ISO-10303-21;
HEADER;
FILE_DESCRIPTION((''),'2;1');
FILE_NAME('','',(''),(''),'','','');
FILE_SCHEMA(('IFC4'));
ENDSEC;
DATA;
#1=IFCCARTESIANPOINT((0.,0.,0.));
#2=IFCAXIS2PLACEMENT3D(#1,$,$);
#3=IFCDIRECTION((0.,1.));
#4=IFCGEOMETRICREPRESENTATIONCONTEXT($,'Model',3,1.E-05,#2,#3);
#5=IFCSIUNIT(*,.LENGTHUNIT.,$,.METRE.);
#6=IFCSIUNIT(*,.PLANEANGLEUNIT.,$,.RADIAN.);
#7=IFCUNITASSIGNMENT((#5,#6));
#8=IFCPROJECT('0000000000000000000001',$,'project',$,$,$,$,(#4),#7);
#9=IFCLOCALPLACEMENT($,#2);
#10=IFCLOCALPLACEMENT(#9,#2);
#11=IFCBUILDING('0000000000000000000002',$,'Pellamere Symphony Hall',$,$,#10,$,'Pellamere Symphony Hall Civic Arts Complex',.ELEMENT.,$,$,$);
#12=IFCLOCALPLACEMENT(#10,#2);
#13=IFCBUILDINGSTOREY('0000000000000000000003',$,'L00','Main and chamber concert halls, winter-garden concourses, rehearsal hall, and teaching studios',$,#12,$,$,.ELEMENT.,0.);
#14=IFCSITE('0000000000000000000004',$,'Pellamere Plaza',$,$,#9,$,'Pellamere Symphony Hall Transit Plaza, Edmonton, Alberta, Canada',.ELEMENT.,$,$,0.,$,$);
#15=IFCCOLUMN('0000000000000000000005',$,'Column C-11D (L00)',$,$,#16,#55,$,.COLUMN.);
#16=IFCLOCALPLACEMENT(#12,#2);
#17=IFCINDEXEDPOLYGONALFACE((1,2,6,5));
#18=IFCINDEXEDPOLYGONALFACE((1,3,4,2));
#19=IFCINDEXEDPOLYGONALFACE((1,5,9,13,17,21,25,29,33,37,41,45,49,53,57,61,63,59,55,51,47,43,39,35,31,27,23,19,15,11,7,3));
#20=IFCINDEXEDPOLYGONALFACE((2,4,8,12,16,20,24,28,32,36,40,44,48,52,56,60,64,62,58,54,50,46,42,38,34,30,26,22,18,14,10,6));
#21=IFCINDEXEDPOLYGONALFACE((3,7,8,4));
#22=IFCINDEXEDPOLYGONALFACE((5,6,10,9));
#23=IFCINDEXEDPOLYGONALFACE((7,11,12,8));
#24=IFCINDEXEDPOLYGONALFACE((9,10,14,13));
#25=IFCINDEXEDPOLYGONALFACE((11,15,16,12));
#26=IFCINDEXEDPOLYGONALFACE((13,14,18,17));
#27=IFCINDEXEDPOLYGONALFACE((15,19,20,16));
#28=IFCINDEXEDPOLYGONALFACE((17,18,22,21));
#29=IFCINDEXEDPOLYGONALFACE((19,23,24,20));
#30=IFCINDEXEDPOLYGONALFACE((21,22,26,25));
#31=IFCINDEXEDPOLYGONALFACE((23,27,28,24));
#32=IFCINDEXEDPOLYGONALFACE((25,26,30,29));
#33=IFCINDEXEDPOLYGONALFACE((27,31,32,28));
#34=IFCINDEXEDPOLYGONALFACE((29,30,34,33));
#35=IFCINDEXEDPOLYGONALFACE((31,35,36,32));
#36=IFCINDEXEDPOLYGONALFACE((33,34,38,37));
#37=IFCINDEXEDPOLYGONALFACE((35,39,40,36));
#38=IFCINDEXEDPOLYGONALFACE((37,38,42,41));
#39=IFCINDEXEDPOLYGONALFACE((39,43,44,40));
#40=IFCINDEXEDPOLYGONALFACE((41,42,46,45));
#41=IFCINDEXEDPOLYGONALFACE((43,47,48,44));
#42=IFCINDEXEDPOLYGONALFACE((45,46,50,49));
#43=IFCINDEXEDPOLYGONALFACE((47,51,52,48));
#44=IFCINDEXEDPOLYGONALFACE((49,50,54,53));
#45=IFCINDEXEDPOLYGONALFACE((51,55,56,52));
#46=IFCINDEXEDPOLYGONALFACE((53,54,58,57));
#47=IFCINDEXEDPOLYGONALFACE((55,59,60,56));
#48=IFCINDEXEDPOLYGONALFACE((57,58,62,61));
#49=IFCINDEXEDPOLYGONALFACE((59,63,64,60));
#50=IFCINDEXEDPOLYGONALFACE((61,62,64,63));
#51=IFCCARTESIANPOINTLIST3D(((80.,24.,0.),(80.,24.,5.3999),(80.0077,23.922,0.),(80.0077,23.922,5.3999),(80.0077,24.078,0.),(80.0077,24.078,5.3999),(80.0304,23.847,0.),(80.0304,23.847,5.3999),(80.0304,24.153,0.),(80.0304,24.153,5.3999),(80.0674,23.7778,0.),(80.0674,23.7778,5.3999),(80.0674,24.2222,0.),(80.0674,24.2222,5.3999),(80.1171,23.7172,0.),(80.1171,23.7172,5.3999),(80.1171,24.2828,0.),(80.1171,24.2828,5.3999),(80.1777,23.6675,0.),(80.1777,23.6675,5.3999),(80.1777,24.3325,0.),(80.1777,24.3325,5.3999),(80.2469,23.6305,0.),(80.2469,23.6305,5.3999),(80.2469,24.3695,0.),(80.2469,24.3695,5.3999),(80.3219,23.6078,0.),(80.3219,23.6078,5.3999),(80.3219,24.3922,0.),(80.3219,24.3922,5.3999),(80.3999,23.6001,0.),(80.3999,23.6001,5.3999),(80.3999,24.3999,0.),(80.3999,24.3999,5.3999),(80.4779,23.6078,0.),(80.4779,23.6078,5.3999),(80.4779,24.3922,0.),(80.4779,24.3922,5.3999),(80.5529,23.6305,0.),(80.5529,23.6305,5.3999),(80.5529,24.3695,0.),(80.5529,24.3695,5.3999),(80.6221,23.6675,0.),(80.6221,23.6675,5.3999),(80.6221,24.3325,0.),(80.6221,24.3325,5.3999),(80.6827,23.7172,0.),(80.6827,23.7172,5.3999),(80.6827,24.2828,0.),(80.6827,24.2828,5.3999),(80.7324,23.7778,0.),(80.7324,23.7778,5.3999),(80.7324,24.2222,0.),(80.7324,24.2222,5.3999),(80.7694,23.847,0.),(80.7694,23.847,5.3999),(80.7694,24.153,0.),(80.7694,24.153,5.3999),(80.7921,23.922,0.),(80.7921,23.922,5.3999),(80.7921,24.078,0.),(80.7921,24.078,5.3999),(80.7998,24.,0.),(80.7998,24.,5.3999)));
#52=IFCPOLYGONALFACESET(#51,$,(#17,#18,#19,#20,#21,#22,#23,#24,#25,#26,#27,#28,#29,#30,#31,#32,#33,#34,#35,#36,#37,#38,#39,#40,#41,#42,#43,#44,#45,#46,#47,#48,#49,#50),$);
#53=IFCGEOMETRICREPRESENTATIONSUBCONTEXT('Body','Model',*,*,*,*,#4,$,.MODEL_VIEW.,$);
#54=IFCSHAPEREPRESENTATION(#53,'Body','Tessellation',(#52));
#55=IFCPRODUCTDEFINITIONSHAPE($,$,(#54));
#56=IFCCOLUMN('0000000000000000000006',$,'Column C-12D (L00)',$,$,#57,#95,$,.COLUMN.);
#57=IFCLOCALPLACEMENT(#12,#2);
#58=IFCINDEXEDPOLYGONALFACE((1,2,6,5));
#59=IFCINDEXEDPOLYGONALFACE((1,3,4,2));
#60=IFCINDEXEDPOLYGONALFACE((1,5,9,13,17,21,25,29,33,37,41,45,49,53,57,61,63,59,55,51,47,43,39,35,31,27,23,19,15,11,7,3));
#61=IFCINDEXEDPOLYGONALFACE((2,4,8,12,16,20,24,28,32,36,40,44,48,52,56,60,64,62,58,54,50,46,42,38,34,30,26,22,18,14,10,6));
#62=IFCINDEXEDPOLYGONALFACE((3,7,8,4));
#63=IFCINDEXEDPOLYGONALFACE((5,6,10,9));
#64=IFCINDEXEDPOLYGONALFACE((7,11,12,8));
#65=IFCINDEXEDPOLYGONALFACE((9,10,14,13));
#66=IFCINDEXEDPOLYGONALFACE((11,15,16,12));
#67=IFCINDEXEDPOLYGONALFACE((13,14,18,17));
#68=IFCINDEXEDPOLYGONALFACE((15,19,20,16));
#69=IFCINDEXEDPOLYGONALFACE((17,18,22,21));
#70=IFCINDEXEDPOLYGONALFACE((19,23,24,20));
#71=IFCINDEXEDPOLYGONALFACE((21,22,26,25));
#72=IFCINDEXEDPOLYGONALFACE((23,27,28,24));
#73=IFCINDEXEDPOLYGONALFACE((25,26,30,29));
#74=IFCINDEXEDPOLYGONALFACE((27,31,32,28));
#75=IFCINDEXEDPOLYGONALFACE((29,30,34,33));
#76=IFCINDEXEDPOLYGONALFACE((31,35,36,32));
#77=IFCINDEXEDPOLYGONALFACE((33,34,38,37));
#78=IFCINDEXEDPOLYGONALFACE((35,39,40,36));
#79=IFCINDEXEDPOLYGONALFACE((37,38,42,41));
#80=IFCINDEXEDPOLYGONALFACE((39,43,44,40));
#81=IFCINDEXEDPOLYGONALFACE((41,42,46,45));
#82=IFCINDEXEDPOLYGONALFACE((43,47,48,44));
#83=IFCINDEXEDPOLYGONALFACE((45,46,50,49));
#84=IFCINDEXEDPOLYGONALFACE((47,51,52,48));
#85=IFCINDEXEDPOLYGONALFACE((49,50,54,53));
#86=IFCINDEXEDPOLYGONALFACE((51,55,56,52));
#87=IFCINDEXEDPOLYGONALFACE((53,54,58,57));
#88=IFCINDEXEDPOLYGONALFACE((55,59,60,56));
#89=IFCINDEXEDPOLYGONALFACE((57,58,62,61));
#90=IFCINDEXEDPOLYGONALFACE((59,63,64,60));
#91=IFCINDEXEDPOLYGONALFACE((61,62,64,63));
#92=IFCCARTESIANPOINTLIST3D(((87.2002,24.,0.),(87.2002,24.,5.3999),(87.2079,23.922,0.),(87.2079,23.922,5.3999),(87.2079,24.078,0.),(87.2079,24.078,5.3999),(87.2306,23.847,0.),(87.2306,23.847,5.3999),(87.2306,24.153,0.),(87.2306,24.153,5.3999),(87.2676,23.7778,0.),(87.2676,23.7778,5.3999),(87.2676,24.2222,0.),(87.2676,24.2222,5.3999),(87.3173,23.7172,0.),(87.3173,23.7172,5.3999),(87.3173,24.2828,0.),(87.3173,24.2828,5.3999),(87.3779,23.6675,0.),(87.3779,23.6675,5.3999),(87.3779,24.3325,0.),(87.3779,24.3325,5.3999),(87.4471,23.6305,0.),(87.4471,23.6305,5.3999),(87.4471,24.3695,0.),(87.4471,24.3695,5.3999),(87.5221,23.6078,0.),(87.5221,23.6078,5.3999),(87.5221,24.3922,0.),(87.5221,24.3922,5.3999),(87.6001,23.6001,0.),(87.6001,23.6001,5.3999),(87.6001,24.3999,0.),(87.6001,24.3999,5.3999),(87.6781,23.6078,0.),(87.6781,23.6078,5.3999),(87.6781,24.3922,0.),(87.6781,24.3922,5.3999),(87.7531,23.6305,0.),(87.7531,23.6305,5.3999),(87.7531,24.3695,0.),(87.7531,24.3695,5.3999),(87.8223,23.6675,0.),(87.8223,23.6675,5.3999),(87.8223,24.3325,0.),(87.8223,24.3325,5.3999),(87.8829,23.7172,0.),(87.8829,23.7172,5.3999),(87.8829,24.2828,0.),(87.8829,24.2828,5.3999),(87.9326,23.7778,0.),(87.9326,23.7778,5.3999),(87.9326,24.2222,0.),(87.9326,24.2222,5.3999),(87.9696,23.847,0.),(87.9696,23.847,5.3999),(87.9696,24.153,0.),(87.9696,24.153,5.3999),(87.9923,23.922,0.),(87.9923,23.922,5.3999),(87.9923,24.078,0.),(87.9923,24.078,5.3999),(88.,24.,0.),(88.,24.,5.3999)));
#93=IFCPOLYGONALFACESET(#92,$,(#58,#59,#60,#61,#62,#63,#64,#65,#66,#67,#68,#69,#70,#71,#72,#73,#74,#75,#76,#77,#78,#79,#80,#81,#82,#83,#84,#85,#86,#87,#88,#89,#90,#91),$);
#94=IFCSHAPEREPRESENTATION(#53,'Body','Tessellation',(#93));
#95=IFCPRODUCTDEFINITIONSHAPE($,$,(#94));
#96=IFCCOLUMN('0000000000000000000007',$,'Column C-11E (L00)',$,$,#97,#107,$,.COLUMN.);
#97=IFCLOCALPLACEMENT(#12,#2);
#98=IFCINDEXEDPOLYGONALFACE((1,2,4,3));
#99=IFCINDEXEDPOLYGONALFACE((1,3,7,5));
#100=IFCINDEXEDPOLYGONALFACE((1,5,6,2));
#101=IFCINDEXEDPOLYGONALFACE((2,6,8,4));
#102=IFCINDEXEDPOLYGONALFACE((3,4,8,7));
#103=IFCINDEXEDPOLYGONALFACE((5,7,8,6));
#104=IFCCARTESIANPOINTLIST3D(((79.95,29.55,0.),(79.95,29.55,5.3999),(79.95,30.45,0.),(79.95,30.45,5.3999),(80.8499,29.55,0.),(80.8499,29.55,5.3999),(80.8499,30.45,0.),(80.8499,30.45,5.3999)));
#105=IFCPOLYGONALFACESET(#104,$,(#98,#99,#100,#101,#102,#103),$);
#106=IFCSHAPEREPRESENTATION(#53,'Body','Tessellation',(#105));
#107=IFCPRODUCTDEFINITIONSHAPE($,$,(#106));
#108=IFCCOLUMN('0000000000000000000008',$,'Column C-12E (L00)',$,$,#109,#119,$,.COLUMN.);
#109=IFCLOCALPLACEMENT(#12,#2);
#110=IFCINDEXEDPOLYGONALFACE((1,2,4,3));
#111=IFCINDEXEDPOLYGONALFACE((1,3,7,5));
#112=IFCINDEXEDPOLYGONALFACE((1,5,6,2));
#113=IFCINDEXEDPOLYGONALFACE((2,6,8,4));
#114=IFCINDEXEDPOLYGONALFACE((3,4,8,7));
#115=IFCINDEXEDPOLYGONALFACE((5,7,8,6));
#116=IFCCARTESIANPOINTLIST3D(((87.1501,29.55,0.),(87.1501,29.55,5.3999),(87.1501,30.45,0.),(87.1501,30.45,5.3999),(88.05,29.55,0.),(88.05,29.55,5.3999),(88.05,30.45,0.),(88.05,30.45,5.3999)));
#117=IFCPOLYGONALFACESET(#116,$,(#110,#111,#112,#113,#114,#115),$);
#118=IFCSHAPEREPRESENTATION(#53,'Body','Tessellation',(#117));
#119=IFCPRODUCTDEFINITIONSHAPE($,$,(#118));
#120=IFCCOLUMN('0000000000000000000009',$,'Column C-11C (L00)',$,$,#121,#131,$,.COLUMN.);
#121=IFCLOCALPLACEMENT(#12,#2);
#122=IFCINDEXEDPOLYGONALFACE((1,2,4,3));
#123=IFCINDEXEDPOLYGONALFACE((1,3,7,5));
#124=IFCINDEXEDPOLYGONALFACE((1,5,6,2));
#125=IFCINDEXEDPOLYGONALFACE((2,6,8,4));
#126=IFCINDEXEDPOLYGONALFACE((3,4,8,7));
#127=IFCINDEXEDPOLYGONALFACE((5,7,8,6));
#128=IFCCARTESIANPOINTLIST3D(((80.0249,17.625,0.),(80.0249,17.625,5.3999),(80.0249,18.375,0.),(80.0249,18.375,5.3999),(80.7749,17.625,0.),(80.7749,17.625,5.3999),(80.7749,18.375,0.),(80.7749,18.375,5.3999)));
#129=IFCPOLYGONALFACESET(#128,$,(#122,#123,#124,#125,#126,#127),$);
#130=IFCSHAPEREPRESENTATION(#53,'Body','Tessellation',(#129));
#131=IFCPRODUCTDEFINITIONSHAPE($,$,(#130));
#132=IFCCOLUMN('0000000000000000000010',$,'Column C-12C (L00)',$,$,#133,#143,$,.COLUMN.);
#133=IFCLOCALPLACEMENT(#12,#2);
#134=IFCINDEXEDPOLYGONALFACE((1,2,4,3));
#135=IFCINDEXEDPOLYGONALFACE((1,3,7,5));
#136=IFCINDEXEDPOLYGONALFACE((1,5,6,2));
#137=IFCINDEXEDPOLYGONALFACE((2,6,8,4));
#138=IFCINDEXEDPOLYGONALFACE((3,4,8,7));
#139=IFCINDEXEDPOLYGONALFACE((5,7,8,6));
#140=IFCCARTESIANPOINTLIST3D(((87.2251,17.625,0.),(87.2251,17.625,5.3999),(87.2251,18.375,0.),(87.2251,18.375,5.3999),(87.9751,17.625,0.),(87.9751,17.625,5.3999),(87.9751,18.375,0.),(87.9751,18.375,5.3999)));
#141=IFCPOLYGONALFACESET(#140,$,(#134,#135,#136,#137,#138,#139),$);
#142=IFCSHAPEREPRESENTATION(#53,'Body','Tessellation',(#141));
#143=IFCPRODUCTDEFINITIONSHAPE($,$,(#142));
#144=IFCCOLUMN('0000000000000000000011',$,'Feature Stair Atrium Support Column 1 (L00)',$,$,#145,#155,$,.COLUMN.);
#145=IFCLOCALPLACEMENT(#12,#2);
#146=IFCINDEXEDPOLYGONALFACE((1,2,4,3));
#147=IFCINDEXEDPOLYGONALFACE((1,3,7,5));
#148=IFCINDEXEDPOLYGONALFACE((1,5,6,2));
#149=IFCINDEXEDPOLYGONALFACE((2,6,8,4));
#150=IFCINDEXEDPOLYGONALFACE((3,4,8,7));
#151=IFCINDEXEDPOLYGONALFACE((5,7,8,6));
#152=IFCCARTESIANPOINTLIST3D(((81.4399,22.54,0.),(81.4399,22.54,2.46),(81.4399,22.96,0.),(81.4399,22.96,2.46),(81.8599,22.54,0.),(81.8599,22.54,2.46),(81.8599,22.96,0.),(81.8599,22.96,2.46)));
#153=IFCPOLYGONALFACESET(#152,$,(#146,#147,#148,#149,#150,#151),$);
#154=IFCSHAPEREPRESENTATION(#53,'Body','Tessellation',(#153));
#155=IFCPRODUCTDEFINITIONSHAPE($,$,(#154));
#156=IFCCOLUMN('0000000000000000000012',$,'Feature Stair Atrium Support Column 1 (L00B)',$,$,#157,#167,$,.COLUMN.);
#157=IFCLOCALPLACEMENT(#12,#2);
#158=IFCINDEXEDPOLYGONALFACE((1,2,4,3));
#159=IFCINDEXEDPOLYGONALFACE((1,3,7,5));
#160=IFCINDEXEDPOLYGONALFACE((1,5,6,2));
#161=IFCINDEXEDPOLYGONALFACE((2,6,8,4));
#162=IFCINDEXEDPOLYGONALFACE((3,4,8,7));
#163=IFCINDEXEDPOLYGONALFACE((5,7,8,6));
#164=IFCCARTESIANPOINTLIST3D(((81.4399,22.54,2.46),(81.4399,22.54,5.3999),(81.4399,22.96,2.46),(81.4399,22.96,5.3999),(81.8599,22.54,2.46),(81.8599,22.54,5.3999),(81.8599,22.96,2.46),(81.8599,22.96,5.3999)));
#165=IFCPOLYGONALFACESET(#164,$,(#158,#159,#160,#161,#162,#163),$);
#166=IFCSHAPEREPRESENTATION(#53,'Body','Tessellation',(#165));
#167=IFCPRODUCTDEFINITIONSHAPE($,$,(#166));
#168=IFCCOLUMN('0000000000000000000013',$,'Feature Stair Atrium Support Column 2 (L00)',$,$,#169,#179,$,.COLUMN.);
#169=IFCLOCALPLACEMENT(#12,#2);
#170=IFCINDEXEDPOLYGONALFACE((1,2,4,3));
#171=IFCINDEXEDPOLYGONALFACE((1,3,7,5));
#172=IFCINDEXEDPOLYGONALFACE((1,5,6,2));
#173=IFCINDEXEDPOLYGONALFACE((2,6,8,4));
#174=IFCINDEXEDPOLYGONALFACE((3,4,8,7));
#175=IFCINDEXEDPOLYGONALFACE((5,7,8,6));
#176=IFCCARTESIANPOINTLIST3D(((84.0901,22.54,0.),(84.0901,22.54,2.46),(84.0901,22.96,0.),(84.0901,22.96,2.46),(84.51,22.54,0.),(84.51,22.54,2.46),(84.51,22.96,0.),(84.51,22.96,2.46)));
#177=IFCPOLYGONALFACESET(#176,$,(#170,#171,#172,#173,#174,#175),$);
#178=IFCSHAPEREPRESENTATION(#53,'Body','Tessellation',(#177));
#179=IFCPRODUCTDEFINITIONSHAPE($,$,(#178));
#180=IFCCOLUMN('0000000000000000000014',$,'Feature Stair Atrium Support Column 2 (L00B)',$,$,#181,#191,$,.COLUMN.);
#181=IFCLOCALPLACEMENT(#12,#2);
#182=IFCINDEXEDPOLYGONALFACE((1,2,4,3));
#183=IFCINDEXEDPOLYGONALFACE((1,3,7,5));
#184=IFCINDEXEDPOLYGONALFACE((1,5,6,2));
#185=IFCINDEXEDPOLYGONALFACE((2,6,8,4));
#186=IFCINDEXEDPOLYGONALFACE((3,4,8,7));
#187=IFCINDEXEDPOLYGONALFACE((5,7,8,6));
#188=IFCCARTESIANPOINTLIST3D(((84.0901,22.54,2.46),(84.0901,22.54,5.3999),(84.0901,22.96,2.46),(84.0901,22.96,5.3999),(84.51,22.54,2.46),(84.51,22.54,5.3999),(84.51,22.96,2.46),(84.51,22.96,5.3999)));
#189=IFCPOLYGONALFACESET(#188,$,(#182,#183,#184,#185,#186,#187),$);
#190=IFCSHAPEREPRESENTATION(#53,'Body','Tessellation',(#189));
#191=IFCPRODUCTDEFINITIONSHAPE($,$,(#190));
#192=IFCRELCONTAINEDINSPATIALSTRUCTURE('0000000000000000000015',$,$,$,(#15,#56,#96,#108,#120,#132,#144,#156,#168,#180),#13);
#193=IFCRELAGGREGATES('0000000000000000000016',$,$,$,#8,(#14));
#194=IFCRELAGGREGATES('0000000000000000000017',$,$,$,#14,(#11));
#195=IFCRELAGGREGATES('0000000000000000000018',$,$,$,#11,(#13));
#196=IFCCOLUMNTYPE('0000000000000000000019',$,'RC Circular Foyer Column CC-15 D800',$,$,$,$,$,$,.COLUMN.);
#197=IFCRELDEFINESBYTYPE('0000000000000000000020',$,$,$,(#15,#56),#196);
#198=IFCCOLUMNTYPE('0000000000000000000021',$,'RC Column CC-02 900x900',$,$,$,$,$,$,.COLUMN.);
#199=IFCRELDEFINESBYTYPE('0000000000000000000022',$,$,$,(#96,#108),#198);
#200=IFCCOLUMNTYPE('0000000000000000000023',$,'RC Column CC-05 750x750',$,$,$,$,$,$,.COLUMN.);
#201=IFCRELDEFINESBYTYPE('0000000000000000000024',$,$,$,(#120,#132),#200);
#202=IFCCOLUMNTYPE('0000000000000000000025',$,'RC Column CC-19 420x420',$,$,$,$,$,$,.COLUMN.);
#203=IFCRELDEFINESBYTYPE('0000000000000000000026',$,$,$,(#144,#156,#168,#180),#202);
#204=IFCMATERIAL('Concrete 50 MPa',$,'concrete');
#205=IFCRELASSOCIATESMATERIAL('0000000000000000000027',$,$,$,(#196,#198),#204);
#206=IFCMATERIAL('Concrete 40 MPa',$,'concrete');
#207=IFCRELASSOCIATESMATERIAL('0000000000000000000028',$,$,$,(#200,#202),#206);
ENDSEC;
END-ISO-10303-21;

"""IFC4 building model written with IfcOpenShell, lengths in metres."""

from ifc_helpers import new_model, si_unit, direction, frame, origin, origin_2d, place, context, subcontext, project, spatial, rectangle, circle, extrude, material, material_profile, profile_set, type_object, element, save


model = new_model("IFC4")

# Units and contexts
model_context = context("Model", 3, precision=1e-05, world=origin(), true_north=direction((0.0, 1.0)))
body_context = subcontext(model_context, "Body", "Model", "MODEL_VIEW")
ifc_project = project(units=[si_unit("LENGTHUNIT", "METRE"), si_unit("PLANEANGLEUNIT", "RADIAN")], contexts=[model_context])

# Site, building, storey
site_placement = place(None, origin())
site = spatial("IfcSite", under=ifc_project, at=site_placement, Name="Pellamere Plaza", LongName="Pellamere Symphony Hall Transit Plaza, Edmonton, Alberta, Canada", CompositionType="ELEMENT", RefElevation=0.0)
building_placement = place(site_placement, origin())
building = spatial("IfcBuilding", under=site, at=building_placement, Name="Pellamere Symphony Hall", LongName="Pellamere Symphony Hall Civic Arts Complex", CompositionType="ELEMENT")
storey_placement = place(building_placement, origin())
storey = spatial("IfcBuildingStorey", under=building, at=storey_placement, Name="L00", Description="Main and chamber concert halls, winter-garden concourses, rehearsal hall, and teaching studios", CompositionType="ELEMENT", Elevation=0.0)

# Columns
ifc_material_1 = material(Name="Concrete 50 MPa", Category="concrete")
ifc_material_profile_1 = material_profile(ifc_material_1, circle(Radius=0.3999, at=origin_2d()), Name="RCCOL D800")
ifc_profile_set_1 = profile_set([ifc_material_profile_1], Name="Concrete 50 MPa")
column_type_1 = type_object("IfcColumnType", Name="RC Circular Foyer Column CC-15 D800", PredefinedType="COLUMN", material=ifc_profile_set_1)
for number, where, z_axis, x_axis, name in (
    (1, (80.3999, 24.0, 0.0), (0.0, 0.0, 1.0), (1.0, 0.0, 0.0), "Column C-11D (L00)"),
    (2, (87.6001, 24.0, 0.0), (0.0, 0.0, 1.0), (1.0, 0.0, 0.0), "Column C-12D (L00)"),
):
    element("IfcColumn", number, at=place(storey_placement, frame(where, z_axis=z_axis, x_axis=x_axis)), inside=storey, type_object=column_type_1, Name=name, PredefinedType="COLUMN", context=body_context, shape_type="SweptSolid", body=[
        extrude(circle(Radius=0.3999, at=origin_2d()), origin(), (0.0, 0.0, 1.0), 5.3999),
    ])
ifc_material_profile_2 = material_profile(ifc_material_1, rectangle(XDim=0.8999, YDim=0.8999, at=origin_2d()), Name="RC 900x900")
ifc_profile_set_2 = profile_set([ifc_material_profile_2], Name="Concrete 50 MPa")
column_type_2 = type_object("IfcColumnType", Name="RC Column CC-02 900x900", PredefinedType="COLUMN", material=ifc_profile_set_2)
for number, where, z_axis, x_axis, name in (
    (3, (80.3999, 30.0, 0.0), (0.0, 0.0, 1.0), (1.0, 0.0, 0.0), "Column C-11E (L00)"),
    (4, (87.6001, 30.0, 0.0), (0.0, 0.0, 1.0), (1.0, 0.0, 0.0), "Column C-12E (L00)"),
):
    element("IfcColumn", number, at=place(storey_placement, frame(where, z_axis=z_axis, x_axis=x_axis)), inside=storey, type_object=column_type_2, Name=name, PredefinedType="COLUMN", context=body_context, shape_type="SweptSolid", body=[
        extrude(rectangle(XDim=0.8999, YDim=0.8999, at=origin_2d()), origin(), (0.0, 0.0, 1.0), 5.3999),
    ])
ifc_material_2 = material(Name="Concrete 40 MPa", Category="concrete")
ifc_material_profile_3 = material_profile(ifc_material_2, rectangle(XDim=0.75, YDim=0.75, at=origin_2d()), Name="RC 750x750")
ifc_profile_set_3 = profile_set([ifc_material_profile_3], Name="Concrete 40 MPa")
column_type_3 = type_object("IfcColumnType", Name="RC Column CC-05 750x750", PredefinedType="COLUMN", material=ifc_profile_set_3)
for number, where, z_axis, x_axis, name in (
    (5, (80.3999, 18.0, 0.0), (0.0, 0.0, 1.0), (1.0, 0.0, 0.0), "Column C-11C (L00)"),
    (6, (87.6001, 18.0, 0.0), (0.0, 0.0, 1.0), (1.0, 0.0, 0.0), "Column C-12C (L00)"),
):
    element("IfcColumn", number, at=place(storey_placement, frame(where, z_axis=z_axis, x_axis=x_axis)), inside=storey, type_object=column_type_3, Name=name, PredefinedType="COLUMN", context=body_context, shape_type="SweptSolid", body=[
        extrude(rectangle(XDim=0.75, YDim=0.75, at=origin_2d()), origin(), (0.0, 0.0, 1.0), 5.3999),
    ])
ifc_material_profile_4 = material_profile(ifc_material_2, rectangle(XDim=0.4199, YDim=0.4199, at=origin_2d()), Name="RC 420x420")
ifc_profile_set_4 = profile_set([ifc_material_profile_4], Name="Concrete 40 MPa")
column_type_4 = type_object("IfcColumnType", Name="RC Column CC-19 420x420", PredefinedType="COLUMN", material=ifc_profile_set_4)
column_1_placement = place(storey_placement, frame((81.6499, 22.75, 0.0), z_axis=(0.0, 0.0, 1.0), x_axis=(1.0, 0.0, 0.0)))
element("IfcColumn", 7, at=column_1_placement, inside=storey, type_object=column_type_4, Name="Feature Stair Atrium Support Column 1 (L00)", PredefinedType="COLUMN", context=body_context, shape_type="SweptSolid", body=[
    extrude(rectangle(XDim=0.4199, YDim=0.4199, at=origin_2d()), origin(), (0.0, 0.0, 1.0), 2.46),
])
column_2_placement = place(storey_placement, frame((81.6499, 22.75, 2.46), z_axis=(0.0, 0.0, 1.0), x_axis=(1.0, 0.0, 0.0)))
element("IfcColumn", 8, at=column_2_placement, inside=storey, type_object=column_type_4, Name="Feature Stair Atrium Support Column 1 (L00B)", PredefinedType="COLUMN", context=body_context, shape_type="SweptSolid", body=[
    extrude(rectangle(XDim=0.4199, YDim=0.4199, at=origin_2d()), origin(), (0.0, 0.0, 1.0), 2.9399),
])
column_3_placement = place(storey_placement, frame((84.3, 22.75, 0.0), z_axis=(0.0, 0.0, 1.0), x_axis=(1.0, 0.0, 0.0)))
element("IfcColumn", 9, at=column_3_placement, inside=storey, type_object=column_type_4, Name="Feature Stair Atrium Support Column 2 (L00)", PredefinedType="COLUMN", context=body_context, shape_type="SweptSolid", body=[
    extrude(rectangle(XDim=0.4199, YDim=0.4199, at=origin_2d()), origin(), (0.0, 0.0, 1.0), 2.46),
])
column_4_placement = place(storey_placement, frame((84.3, 22.75, 2.46), z_axis=(0.0, 0.0, 1.0), x_axis=(1.0, 0.0, 0.0)))
element("IfcColumn", 10, at=column_4_placement, inside=storey, type_object=column_type_4, Name="Feature Stair Atrium Support Column 2 (L00B)", PredefinedType="COLUMN", context=body_context, shape_type="SweptSolid", body=[
    extrude(rectangle(XDim=0.4199, YDim=0.4199, at=origin_2d()), origin(), (0.0, 0.0, 1.0), 2.9399),
])

save(model, "model.ifc")
